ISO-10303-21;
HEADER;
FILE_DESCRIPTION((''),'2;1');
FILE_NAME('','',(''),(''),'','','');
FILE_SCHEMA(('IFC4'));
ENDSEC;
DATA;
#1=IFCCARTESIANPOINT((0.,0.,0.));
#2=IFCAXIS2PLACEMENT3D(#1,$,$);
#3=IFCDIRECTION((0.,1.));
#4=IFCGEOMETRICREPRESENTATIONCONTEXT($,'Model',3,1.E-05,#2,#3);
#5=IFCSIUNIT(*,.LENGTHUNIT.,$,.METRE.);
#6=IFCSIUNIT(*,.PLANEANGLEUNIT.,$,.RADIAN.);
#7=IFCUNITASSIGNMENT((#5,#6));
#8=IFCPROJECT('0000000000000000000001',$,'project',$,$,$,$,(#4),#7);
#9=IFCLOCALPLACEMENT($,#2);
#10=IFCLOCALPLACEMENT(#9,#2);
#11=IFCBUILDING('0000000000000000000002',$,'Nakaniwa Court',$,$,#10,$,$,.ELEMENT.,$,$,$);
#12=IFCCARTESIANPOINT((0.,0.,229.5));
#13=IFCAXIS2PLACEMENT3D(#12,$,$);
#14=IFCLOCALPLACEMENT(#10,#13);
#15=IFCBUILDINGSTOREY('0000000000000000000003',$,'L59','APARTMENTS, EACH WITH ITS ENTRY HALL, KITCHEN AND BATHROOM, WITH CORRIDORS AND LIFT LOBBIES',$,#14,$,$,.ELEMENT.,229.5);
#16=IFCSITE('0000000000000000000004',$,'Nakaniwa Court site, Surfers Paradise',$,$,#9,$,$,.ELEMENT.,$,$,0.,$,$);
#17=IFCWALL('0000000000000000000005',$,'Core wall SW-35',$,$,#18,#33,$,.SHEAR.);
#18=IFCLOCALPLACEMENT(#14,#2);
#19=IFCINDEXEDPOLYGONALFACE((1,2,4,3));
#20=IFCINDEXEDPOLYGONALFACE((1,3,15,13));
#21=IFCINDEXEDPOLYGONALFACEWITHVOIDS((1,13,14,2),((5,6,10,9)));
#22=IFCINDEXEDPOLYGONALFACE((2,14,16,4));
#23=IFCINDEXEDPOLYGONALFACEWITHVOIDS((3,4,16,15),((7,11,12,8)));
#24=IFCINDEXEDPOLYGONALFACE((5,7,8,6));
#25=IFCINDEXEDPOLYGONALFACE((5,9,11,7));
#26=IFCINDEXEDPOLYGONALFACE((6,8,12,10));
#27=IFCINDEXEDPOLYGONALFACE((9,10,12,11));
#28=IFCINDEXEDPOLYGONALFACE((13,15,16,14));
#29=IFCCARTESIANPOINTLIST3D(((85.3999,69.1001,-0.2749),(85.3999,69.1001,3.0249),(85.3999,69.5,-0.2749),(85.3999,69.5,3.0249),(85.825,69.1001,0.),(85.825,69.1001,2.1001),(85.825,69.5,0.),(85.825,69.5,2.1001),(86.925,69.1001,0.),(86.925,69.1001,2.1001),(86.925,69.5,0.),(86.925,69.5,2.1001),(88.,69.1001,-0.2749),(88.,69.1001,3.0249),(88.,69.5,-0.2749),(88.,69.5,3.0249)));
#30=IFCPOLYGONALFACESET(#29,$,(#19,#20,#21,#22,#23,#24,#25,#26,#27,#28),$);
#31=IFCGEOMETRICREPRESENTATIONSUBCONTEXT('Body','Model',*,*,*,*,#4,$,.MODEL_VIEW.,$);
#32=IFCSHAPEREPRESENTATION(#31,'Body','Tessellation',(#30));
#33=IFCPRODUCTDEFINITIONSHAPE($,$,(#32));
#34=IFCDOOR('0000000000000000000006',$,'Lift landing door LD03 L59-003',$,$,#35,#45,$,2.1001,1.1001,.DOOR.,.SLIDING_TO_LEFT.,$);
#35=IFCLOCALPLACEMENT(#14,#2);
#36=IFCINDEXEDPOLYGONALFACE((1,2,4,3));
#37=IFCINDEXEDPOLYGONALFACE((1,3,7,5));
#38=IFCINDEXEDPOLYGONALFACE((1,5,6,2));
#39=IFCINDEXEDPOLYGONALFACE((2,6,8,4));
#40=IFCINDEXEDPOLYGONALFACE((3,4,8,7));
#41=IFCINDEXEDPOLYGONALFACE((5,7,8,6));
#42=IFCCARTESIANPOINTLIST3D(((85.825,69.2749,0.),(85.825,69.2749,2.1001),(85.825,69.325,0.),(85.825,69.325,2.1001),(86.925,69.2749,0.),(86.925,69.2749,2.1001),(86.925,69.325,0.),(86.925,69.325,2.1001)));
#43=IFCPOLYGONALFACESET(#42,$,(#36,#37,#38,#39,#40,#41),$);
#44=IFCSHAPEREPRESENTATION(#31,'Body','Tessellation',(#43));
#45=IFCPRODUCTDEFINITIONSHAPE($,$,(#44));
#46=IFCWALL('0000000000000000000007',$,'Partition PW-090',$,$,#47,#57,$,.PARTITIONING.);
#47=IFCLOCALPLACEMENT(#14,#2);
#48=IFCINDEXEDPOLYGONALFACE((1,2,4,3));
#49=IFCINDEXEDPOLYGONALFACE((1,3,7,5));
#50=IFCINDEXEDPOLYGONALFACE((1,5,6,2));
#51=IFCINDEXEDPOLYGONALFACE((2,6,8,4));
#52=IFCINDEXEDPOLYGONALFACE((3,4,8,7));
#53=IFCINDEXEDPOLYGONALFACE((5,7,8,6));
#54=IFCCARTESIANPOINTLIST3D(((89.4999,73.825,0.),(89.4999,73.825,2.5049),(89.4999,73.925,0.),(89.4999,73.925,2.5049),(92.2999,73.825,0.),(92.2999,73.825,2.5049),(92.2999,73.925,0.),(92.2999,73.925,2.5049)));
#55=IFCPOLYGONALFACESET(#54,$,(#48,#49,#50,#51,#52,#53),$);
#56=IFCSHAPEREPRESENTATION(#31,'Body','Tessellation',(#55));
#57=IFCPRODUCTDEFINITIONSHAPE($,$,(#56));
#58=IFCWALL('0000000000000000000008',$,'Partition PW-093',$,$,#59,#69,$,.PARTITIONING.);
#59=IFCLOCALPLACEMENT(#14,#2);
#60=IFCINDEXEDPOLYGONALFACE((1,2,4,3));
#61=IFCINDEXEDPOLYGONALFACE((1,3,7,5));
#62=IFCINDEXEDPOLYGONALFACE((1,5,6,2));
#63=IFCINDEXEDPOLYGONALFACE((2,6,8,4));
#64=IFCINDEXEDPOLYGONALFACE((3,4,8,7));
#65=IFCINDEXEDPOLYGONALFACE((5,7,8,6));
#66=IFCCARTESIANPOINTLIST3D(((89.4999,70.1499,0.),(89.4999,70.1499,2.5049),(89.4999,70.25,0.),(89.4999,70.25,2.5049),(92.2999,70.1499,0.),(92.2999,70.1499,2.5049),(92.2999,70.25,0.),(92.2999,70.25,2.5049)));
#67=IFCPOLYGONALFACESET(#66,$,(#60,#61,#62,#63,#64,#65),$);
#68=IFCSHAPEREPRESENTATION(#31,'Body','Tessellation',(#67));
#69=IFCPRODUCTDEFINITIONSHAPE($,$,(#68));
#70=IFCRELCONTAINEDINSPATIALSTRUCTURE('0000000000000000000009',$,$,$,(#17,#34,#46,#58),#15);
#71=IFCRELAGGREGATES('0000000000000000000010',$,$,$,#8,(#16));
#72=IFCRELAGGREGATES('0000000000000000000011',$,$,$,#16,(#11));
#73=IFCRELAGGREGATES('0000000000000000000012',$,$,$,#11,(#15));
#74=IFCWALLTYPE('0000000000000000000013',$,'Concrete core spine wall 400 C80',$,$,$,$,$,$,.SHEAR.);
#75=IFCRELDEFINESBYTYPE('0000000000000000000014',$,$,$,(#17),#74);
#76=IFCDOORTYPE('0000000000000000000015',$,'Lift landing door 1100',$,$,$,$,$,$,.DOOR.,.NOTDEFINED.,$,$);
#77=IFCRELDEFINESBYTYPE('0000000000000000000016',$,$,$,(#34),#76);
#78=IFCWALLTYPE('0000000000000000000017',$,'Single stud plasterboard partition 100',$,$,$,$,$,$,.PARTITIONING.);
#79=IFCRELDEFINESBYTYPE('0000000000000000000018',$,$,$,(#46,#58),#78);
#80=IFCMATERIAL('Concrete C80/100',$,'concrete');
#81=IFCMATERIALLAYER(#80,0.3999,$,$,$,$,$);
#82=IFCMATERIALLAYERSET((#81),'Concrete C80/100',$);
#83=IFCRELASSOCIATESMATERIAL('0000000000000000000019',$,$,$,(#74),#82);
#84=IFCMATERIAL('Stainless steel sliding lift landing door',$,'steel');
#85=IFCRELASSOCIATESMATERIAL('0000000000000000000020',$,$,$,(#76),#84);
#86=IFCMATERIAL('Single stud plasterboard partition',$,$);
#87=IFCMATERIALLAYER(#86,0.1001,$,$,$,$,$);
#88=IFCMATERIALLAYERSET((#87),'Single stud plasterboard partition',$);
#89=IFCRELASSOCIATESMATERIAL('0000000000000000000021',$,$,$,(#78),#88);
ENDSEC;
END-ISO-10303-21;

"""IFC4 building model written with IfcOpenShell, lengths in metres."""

from ifc_helpers import new_model, si_unit, direction, frame, frame_2d, origin, place, context, subcontext, project, spatial, rectangle, extrude, material, layer, layer_set, type_object, element, fill, save


model = new_model("IFC4")

# Units and contexts
model_context = context("Model", 3, precision=1e-05, world=origin(), true_north=direction((0.0, 1.0)))
body_context = subcontext(model_context, "Body", "Model", "MODEL_VIEW")
ifc_project = project(units=[si_unit("LENGTHUNIT", "METRE"), si_unit("PLANEANGLEUNIT", "RADIAN")], contexts=[model_context])

# Site, building, storey
site_placement = place(None, origin())
site = spatial("IfcSite", under=ifc_project, at=site_placement, Name="Nakaniwa Court site, Surfers Paradise", CompositionType="ELEMENT", RefElevation=0.0)
building_placement = place(site_placement, origin())
building = spatial("IfcBuilding", under=site, at=building_placement, Name="Nakaniwa Court", CompositionType="ELEMENT")
storey_placement = place(building_placement, frame((0.0, 0.0, 229.5)))
storey = spatial("IfcBuildingStorey", under=building, at=storey_placement, Name="L59", Description="APARTMENTS, EACH WITH ITS ENTRY HALL, KITCHEN AND BATHROOM, WITH CORRIDORS AND LIFT LOBBIES", CompositionType="ELEMENT", Elevation=229.5)

# Shared definitions
ifc_material_1 = material(Name="Concrete C80/100", Category="concrete")

# Wall, opening, door
ifc_layer_1 = layer(ifc_material_1, 0.3999)
ifc_layer_set_1 = layer_set([ifc_layer_1], Name="Concrete C80/100")
wall_type_1 = type_object("IfcWallType", Name="Concrete core spine wall 400 C80", PredefinedType="SHEAR", material=ifc_layer_set_1)
wall_1_placement = place(storey_placement, frame((85.3999, 69.3, -0.2749), z_axis=(0.0, 0.0, 1.0), x_axis=(1.0, 0.0, 0.0)))
wall_1 = element("IfcWall", 1, at=wall_1_placement, inside=storey, type_object=wall_type_1, Name="Core wall SW-35", PredefinedType="SHEAR", context=body_context, shape_type="SweptSolid", body=[
    extrude(rectangle(XDim=2.6001, YDim=0.3999, at=frame_2d((1.3, 0.0))), origin(), (0.0, 0.0, 1.0), 3.2998),
])
opening_1_placement = place(wall_1_placement, frame((0.425, 0.0, 0.2749)))
opening_1 = element("IfcOpeningElement", 2, at=opening_1_placement, cuts=wall_1, PredefinedType="OPENING", context=body_context, shape_type="SweptSolid", body=[
    extrude(rectangle(XDim=1.1001, YDim=2.1001, at=frame_2d((0.55, 1.05))), frame((0.0, 0.21, 0.0), z_axis=(0.0, -1.0, 0.0), x_axis=(1.0, 0.0, 0.0)), (0.0, 0.0, 1.0), 0.4199),
])
ifc_material_2 = material(Name="Stainless steel sliding lift landing door", Category="steel")
door_type_1 = type_object("IfcDoorType", Name="Lift landing door 1100", OperationType="NOTDEFINED", PredefinedType="DOOR", material=ifc_material_2)
door_1_placement = place(opening_1_placement, origin())
door_1 = element("IfcDoor", 3, at=door_1_placement, inside=storey, type_object=door_type_1, Name="Lift landing door LD03 L59-003", OperationType="SLIDING_TO_LEFT", OverallHeight=2.1001, OverallWidth=1.1001, PredefinedType="DOOR", context=body_context, shape_type="SweptSolid", body=[
    extrude(rectangle(XDim=1.1001, YDim=2.1001, at=frame_2d((0.55, 1.05))), frame((0.0, 0.0249, 0.0), z_axis=(0.0, -1.0, 0.0), x_axis=(1.0, 0.0, 0.0)), (0.0, 0.0, 1.0), 0.05),
])
fill(opening_1, door_1)

# Walls
ifc_material_3 = material(Name="Single stud plasterboard partition")
ifc_layer_2 = layer(ifc_material_3, 0.1001)
ifc_layer_set_2 = layer_set([ifc_layer_2], Name="Single stud plasterboard partition")
wall_type_2 = type_object("IfcWallType", Name="Single stud plasterboard partition 100", PredefinedType="PARTITIONING", material=ifc_layer_set_2)
for number, where, z_axis, x_axis, name in (
    (4, (89.5, 73.875, 0.0), (0.0, 0.0, 1.0), (1.0, 0.0, 0.0), "Partition PW-090"),
    (5, (89.5, 70.2, 0.0), (0.0, 0.0, 1.0), (1.0, 0.0, 0.0), "Partition PW-093"),
):
    element("IfcWall", number, at=place(storey_placement, frame(where, z_axis=z_axis, x_axis=x_axis)), inside=storey, type_object=wall_type_2, Name=name, PredefinedType="PARTITIONING", context=body_context, shape_type="SweptSolid", body=[
        extrude(rectangle(XDim=2.8, YDim=0.1001, at=frame_2d((1.3999, 0.0))), origin(), (0.0, 0.0, 1.0), 2.5049),
    ])

save(model, "model.ifc")
